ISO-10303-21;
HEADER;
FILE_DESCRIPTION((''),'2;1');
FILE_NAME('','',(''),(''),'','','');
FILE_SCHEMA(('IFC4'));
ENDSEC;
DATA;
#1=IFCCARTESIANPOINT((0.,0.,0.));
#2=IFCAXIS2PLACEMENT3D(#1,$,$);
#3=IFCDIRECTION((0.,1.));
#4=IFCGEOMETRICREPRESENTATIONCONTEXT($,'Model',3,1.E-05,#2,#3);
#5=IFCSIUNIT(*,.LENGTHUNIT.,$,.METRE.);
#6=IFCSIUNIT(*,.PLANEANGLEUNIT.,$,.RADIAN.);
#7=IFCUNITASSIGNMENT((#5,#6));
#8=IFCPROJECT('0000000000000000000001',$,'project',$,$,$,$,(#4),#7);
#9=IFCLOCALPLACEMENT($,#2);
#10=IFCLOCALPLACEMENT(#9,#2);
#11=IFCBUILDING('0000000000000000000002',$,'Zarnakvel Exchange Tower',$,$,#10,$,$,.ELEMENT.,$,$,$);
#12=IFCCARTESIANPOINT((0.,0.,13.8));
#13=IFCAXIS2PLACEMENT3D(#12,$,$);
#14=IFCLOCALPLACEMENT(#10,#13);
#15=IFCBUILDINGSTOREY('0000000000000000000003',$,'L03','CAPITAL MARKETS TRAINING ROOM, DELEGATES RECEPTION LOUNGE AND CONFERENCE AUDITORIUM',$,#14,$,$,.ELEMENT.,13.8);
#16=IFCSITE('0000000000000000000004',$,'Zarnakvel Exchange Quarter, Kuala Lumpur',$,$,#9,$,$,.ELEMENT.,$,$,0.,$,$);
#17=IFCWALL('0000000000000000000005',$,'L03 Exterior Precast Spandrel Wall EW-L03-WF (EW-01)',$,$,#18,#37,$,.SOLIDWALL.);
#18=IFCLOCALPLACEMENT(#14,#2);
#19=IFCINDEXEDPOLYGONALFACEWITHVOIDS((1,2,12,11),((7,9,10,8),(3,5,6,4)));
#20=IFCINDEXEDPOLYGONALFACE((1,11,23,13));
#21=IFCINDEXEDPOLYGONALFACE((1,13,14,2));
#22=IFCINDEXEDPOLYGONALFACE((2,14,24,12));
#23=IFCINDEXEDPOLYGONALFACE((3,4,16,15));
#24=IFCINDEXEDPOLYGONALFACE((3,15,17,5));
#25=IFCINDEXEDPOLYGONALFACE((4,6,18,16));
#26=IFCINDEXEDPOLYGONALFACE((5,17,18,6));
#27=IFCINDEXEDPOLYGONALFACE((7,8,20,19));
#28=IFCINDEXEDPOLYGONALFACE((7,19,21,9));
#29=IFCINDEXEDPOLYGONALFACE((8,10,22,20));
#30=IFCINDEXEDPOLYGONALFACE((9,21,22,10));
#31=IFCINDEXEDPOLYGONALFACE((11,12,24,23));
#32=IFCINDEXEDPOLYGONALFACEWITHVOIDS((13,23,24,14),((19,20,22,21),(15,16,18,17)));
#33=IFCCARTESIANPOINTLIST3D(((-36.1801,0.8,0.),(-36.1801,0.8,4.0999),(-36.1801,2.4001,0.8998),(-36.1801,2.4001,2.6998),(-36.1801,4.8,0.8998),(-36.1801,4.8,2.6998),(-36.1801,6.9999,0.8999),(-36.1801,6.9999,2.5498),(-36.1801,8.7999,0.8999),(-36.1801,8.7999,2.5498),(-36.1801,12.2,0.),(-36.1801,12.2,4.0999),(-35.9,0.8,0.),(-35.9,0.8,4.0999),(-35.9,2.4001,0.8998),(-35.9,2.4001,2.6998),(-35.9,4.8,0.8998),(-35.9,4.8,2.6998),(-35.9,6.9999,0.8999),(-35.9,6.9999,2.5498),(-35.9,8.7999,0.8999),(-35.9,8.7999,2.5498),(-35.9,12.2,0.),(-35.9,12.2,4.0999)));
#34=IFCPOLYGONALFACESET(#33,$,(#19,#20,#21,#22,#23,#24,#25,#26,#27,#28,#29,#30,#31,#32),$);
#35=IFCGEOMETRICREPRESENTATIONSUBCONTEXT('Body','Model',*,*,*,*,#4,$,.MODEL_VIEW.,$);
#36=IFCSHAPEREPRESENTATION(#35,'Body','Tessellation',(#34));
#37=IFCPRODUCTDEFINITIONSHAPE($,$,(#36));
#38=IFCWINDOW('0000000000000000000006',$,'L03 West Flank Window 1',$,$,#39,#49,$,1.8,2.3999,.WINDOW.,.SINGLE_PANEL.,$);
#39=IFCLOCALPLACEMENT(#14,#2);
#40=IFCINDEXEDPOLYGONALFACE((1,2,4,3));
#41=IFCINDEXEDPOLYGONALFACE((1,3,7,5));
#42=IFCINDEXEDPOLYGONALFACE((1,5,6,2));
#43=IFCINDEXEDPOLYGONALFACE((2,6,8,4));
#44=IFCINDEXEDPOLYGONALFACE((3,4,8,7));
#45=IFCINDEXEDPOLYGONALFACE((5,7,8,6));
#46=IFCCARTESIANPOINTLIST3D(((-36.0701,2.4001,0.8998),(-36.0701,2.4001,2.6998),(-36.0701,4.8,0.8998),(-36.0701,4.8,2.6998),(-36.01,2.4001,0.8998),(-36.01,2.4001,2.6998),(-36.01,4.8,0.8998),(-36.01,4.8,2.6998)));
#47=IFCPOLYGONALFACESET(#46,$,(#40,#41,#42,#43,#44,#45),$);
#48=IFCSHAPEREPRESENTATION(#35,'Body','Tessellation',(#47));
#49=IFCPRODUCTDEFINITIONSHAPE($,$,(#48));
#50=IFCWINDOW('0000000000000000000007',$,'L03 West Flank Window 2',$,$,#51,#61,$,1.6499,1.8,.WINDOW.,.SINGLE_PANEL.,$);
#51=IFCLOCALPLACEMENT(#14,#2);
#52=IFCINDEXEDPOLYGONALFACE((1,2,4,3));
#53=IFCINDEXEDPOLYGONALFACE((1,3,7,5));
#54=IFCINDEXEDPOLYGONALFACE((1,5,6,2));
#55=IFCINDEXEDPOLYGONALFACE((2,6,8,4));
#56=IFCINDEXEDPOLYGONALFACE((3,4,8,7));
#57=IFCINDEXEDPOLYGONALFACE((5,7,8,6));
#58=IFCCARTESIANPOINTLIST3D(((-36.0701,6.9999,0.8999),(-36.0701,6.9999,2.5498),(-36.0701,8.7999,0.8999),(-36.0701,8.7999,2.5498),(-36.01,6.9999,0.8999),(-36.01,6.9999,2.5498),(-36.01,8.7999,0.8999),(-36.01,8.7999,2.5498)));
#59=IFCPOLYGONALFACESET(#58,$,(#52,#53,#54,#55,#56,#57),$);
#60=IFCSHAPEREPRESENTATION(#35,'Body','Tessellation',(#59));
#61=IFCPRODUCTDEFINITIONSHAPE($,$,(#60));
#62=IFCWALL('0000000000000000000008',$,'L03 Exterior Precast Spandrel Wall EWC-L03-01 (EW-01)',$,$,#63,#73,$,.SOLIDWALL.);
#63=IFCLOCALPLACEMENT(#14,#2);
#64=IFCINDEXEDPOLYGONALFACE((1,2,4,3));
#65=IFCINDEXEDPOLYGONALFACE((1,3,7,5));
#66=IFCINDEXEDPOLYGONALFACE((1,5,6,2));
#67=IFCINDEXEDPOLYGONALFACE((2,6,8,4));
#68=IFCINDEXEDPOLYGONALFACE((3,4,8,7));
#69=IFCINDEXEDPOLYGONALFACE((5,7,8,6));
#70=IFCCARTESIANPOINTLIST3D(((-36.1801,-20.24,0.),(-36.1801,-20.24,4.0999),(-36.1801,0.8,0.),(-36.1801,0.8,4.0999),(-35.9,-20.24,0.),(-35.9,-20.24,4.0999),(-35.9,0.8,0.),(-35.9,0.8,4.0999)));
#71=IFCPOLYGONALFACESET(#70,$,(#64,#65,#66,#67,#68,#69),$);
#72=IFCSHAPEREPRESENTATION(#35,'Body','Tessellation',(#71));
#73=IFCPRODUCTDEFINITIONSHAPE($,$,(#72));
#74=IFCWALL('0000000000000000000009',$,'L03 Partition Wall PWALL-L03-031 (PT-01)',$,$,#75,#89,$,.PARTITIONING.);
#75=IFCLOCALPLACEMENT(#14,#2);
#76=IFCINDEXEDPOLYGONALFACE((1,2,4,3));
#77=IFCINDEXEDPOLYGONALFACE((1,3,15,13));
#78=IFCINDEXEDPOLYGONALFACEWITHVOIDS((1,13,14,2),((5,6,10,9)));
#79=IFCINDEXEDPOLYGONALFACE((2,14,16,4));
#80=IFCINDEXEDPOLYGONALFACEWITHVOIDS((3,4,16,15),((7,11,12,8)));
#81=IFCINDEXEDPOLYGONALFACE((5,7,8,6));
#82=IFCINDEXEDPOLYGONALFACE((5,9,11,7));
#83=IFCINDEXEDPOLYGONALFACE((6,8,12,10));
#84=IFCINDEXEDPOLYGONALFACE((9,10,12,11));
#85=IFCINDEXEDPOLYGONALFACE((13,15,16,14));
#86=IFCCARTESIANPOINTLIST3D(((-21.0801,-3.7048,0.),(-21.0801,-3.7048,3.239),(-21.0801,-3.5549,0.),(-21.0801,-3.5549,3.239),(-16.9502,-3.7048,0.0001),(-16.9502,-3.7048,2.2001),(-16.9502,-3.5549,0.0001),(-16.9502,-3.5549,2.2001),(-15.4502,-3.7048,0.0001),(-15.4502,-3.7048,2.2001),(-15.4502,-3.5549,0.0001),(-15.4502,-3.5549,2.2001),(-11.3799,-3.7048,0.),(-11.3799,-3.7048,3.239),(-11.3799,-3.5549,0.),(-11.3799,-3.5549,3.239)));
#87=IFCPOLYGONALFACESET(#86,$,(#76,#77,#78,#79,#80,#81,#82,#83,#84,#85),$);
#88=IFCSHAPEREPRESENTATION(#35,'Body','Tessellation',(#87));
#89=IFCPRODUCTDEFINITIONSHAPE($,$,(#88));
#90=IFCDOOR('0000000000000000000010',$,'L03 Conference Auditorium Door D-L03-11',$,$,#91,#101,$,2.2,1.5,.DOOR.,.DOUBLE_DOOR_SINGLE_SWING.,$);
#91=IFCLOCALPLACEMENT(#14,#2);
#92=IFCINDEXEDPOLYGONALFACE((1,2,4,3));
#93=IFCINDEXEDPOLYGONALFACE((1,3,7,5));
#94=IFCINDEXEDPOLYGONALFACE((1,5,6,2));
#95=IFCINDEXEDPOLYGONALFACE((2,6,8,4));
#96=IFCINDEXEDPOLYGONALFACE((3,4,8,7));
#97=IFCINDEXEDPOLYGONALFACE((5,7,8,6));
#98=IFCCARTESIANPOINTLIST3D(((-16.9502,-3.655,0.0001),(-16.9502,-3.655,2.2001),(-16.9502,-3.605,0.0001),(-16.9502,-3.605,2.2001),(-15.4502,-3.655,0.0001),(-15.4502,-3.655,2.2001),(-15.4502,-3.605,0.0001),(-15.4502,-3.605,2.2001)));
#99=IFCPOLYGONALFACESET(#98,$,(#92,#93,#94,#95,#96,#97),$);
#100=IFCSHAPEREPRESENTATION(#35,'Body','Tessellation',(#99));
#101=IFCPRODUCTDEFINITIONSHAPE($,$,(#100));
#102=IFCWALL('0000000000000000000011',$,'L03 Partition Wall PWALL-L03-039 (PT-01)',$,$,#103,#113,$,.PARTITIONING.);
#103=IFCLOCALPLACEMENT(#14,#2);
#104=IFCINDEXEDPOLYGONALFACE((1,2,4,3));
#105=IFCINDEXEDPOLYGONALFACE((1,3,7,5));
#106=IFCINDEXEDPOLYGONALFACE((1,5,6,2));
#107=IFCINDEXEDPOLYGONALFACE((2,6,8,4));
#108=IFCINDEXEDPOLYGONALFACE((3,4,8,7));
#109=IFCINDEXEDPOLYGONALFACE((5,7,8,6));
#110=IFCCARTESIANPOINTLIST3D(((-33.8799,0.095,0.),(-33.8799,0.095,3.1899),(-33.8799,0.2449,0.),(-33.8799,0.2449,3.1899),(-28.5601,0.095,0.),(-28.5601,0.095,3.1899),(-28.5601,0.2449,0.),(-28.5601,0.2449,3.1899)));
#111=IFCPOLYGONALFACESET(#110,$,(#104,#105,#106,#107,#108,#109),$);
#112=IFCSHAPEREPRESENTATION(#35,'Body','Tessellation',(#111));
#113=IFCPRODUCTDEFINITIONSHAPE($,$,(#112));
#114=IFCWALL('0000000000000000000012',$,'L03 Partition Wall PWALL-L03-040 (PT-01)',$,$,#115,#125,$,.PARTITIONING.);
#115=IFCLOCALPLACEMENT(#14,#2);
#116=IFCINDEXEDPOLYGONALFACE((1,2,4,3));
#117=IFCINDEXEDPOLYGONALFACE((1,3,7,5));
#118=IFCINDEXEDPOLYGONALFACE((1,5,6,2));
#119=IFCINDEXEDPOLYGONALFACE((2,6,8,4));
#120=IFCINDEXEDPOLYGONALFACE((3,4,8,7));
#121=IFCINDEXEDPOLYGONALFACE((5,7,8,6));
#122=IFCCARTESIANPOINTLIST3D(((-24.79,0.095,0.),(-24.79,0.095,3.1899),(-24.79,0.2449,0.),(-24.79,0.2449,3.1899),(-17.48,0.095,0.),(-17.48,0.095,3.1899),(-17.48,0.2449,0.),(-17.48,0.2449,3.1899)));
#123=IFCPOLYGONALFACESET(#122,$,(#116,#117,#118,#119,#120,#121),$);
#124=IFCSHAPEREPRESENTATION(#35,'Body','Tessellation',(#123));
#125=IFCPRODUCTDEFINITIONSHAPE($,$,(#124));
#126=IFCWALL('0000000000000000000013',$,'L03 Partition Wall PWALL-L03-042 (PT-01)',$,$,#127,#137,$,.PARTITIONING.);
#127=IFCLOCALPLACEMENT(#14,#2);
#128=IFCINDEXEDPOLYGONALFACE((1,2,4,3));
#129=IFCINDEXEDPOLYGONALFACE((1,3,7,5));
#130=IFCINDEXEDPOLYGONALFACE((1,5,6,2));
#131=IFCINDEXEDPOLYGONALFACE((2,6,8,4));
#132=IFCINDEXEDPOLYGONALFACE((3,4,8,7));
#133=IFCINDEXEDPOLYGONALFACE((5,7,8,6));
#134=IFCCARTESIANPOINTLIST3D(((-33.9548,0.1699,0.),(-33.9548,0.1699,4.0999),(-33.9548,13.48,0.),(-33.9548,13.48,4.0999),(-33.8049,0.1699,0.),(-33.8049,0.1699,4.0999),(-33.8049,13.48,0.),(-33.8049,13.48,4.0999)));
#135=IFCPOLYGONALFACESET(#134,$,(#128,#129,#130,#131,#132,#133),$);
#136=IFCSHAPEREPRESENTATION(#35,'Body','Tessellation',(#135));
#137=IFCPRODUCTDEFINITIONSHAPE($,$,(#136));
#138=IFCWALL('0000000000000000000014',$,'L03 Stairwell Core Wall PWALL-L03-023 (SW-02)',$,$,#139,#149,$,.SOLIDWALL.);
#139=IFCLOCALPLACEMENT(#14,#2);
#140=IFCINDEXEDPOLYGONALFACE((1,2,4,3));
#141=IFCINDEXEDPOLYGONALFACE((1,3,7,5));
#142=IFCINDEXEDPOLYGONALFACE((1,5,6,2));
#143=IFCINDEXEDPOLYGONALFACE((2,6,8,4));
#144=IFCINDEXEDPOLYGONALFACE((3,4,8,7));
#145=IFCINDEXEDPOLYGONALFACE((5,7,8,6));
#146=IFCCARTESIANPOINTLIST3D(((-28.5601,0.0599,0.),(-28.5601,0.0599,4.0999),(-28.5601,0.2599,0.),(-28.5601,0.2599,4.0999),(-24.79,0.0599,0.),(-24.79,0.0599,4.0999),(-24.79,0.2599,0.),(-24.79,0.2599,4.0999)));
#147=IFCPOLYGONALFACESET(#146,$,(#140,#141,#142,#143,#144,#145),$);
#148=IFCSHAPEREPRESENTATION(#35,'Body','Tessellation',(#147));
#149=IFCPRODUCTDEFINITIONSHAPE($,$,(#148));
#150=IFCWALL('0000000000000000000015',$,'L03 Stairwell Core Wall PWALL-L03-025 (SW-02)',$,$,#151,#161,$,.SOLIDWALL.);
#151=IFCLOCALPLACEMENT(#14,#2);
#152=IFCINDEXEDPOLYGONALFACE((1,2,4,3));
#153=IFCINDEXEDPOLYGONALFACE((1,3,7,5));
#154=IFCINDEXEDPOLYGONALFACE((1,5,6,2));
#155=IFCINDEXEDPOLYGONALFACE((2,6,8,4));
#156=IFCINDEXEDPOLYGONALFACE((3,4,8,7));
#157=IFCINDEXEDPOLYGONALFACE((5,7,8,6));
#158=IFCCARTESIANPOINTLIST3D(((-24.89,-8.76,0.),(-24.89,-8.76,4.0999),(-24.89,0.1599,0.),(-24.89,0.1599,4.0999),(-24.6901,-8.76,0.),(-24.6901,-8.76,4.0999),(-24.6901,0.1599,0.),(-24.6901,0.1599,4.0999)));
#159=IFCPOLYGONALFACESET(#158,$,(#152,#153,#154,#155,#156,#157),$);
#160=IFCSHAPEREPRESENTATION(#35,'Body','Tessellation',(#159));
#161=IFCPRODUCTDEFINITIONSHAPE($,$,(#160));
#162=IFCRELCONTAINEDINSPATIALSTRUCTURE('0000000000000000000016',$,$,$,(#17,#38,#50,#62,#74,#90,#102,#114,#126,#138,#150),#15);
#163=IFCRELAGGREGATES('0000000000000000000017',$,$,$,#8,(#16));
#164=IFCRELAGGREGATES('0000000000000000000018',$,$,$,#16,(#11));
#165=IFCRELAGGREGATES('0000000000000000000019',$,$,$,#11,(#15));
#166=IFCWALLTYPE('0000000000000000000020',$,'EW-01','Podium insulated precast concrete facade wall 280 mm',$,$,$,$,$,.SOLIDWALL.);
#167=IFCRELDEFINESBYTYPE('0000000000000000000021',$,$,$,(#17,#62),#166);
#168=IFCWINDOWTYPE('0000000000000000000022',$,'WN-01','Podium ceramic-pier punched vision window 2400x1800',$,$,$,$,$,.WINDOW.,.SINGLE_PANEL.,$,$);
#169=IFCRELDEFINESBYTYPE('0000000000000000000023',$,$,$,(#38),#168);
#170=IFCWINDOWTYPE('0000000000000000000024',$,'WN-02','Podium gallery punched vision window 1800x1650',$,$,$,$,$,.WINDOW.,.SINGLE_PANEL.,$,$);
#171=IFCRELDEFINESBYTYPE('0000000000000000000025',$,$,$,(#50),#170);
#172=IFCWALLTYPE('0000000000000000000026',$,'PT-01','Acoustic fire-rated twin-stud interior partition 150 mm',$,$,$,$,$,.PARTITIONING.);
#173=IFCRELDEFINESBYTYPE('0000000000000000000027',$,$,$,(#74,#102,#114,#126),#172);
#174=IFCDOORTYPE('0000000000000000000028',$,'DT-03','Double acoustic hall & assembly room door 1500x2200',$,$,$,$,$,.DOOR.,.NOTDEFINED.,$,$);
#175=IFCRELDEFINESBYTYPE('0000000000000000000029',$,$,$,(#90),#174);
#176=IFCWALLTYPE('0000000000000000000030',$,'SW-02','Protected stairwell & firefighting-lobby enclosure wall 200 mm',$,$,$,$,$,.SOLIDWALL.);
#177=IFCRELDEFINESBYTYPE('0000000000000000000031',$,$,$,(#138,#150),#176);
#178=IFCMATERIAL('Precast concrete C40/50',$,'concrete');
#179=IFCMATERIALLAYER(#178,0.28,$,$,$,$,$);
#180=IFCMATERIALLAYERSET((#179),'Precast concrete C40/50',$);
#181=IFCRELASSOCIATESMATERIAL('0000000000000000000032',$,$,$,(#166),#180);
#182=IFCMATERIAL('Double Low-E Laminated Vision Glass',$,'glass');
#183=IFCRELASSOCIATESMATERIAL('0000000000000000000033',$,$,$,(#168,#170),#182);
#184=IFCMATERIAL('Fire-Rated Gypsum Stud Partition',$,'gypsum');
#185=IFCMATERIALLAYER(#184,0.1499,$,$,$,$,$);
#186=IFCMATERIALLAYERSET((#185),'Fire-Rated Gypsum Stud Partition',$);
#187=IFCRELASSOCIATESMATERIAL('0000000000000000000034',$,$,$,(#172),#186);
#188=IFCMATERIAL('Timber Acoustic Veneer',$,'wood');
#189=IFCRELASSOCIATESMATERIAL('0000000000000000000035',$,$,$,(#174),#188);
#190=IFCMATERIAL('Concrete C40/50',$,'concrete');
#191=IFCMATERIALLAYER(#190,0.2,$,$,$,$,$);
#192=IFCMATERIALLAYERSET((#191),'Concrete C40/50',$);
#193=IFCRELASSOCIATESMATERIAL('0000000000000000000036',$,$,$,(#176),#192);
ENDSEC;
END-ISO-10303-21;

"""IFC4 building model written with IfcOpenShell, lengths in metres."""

from ifc_helpers import new_model, si_unit, direction, frame, frame_2d, origin, place, context, subcontext, project, spatial, rectangle, extrude, source, transform, mapped, material, layer, layer_set, type_object, element, fill, save


model = new_model("IFC4")

# Units and contexts
model_context = context("Model", 3, precision=1e-05, world=origin(), true_north=direction((0.0, 1.0)))
body_context = subcontext(model_context, "Body", "Model", "MODEL_VIEW")
ifc_project = project(units=[si_unit("LENGTHUNIT", "METRE"), si_unit("PLANEANGLEUNIT", "RADIAN")], contexts=[model_context])

# Site, building, storey
site_placement = place(None, origin())
site = spatial("IfcSite", under=ifc_project, at=site_placement, Name="Zarnakvel Exchange Quarter, Kuala Lumpur", CompositionType="ELEMENT", RefElevation=0.0)
building_placement = place(site_placement, origin())
building = spatial("IfcBuilding", under=site, at=building_placement, Name="Zarnakvel Exchange Tower", CompositionType="ELEMENT")
storey_placement = place(building_placement, frame((0.0, 0.0, 13.8)))
storey = spatial("IfcBuildingStorey", under=building, at=storey_placement, Name="L03", Description="CAPITAL MARKETS TRAINING ROOM, DELEGATES RECEPTION LOUNGE AND CONFERENCE AUDITORIUM", CompositionType="ELEMENT", Elevation=13.8)

# Wall, openings, windows
ifc_material_1 = material(Name="Precast concrete C40/50", Category="concrete")
ifc_layer_1 = layer(ifc_material_1, 0.28)
ifc_layer_set_1 = layer_set([ifc_layer_1], Name="Precast concrete C40/50")
wall_type_1 = type_object("IfcWallType", Name="EW-01", Description="Podium insulated precast concrete facade wall 280 mm", PredefinedType="SOLIDWALL", material=ifc_layer_set_1)
wall_1_placement = place(storey_placement, frame((-36.04, 0.8, 0.0), z_axis=(0.0, 0.0, 1.0), x_axis=(0.0, 1.0, 0.0)))
wall_1 = element("IfcWall", 1, at=wall_1_placement, inside=storey, type_object=wall_type_1, Name="L03 Exterior Precast Spandrel Wall EW-L03-WF (EW-01)", PredefinedType="SOLIDWALL", context=body_context, shape_type="SweptSolid", body=[
    extrude(rectangle(XDim=11.3999, YDim=0.28, at=frame_2d((5.7, 0.0))), origin(), (0.0, 0.0, 1.0), 4.0999),
])
opening_1_placement = place(wall_1_placement, frame((1.6001, 0.0, 0.8999)))
opening_1 = element("IfcOpeningElement", 2, at=opening_1_placement, cuts=wall_1, PredefinedType="OPENING", context=body_context, shape_type="SweptSolid", body=[
    extrude(rectangle(XDim=2.3999, YDim=1.8, at=frame_2d((1.2, 0.8999))), frame((0.0, 0.1499, 0.0), z_axis=(0.0, -1.0, 0.0), x_axis=(1.0, 0.0, 0.0)), (0.0, 0.0, 1.0), 0.3),
])
opening_2_placement = place(wall_1_placement, frame((6.2, 0.0, 0.8999)))
opening_2 = element("IfcOpeningElement", 3, at=opening_2_placement, cuts=wall_1, PredefinedType="OPENING", context=body_context, shape_type="SweptSolid", body=[
    extrude(rectangle(XDim=1.8, YDim=1.6499, at=frame_2d((0.8999, 0.825))), frame((0.0, 0.1499, 0.0), z_axis=(0.0, -1.0, 0.0), x_axis=(1.0, 0.0, 0.0)), (0.0, 0.0, 1.0), 0.3),
])
ifc_material_2 = material(Name="Double Low-E Laminated Vision Glass", Category="glass")
window_type_1 = type_object("IfcWindowType", Name="WN-01", Description="Podium ceramic-pier punched vision window 2400x1800", PartitioningType="SINGLE_PANEL", PredefinedType="WINDOW", material=ifc_material_2)
shared_shape_1 = source(origin(), body_context, "Body", "SweptSolid", [
    extrude(rectangle(XDim=2.3999, YDim=1.8, at=frame_2d((1.2, 0.8999))), frame((0.0, 0.03, 0.0), z_axis=(0.0, -1.0, 0.0), x_axis=(1.0, 0.0, 0.0)), (0.0, 0.0, 1.0), 0.0601),
])
window_1_placement = place(opening_1_placement, origin())
window_1 = element("IfcWindow", 4, at=window_1_placement, inside=storey, type_object=window_type_1, Name="L03 West Flank Window 1", OverallHeight=1.8, OverallWidth=2.3999, PartitioningType="SINGLE_PANEL", PredefinedType="WINDOW", context=body_context, shape_type="MappedRepresentation", body=[
    mapped(shared_shape_1, transform((0.0, 0.0, 0.0), x_axis=(1.0, 0.0, 0.0), y_axis=(0.0, 1.0, 0.0), z_axis=(0.0, 0.0, 1.0), scale=1.0)),
])
fill(opening_1, window_1)
window_type_2 = type_object("IfcWindowType", Name="WN-02", Description="Podium gallery punched vision window 1800x1650", PartitioningType="SINGLE_PANEL", PredefinedType="WINDOW", material=ifc_material_2)
shared_shape_2 = source(origin(), body_context, "Body", "SweptSolid", [
    extrude(rectangle(XDim=1.8, YDim=1.6499, at=frame_2d((0.8999, 0.825))), frame((0.0, 0.03, 0.0), z_axis=(0.0, -1.0, 0.0), x_axis=(1.0, 0.0, 0.0)), (0.0, 0.0, 1.0), 0.0601),
])
window_2_placement = place(opening_2_placement, origin())
window_2 = element("IfcWindow", 5, at=window_2_placement, inside=storey, type_object=window_type_2, Name="L03 West Flank Window 2", OverallHeight=1.6499, OverallWidth=1.8, PartitioningType="SINGLE_PANEL", PredefinedType="WINDOW", context=body_context, shape_type="MappedRepresentation", body=[
    mapped(shared_shape_2, transform((0.0, 0.0, 0.0), x_axis=(1.0, 0.0, 0.0), y_axis=(0.0, 1.0, 0.0), z_axis=(0.0, 0.0, 1.0), scale=1.0)),
])
fill(opening_2, window_2)

# Wall
wall_2_placement = place(storey_placement, frame((-36.04, 0.8, 0.0), z_axis=(0.0, 0.0, 1.0), x_axis=(0.0, -1.0, 0.0)))
element("IfcWall", 6, at=wall_2_placement, inside=storey, type_object=wall_type_1, Name="L03 Exterior Precast Spandrel Wall EWC-L03-01 (EW-01)", PredefinedType="SOLIDWALL", context=body_context, shape_type="SweptSolid", body=[
    extrude(rectangle(XDim=21.04, YDim=0.28, at=frame_2d((10.52, 0.0))), origin(), (0.0, 0.0, 1.0), 4.0999),
])

# Wall, opening, door
ifc_material_3 = material(Name="Fire-Rated Gypsum Stud Partition", Category="gypsum")
ifc_layer_2 = layer(ifc_material_3, 0.1499)
ifc_layer_set_2 = layer_set([ifc_layer_2], Name="Fire-Rated Gypsum Stud Partition")
wall_type_2 = type_object("IfcWallType", Name="PT-01", Description="Acoustic fire-rated twin-stud interior partition 150 mm", PredefinedType="PARTITIONING", material=ifc_layer_set_2)
wall_3_placement = place(storey_placement, frame((-21.0801, -3.6299, 0.0), z_axis=(0.0, 0.0, 1.0), x_axis=(1.0, 0.0, 0.0)))
wall_3 = element("IfcWall", 7, at=wall_3_placement, inside=storey, type_object=wall_type_2, Name="L03 Partition Wall PWALL-L03-031 (PT-01)", PredefinedType="PARTITIONING", context=body_context, shape_type="SweptSolid", body=[
    extrude(rectangle(XDim=9.7002, YDim=0.1499, at=frame_2d((4.8501, 0.0))), origin(), (0.0, 0.0, 1.0), 3.239),
])
opening_3_placement = place(wall_3_placement, frame((4.1299, 0.0, 0.0)))
opening_3 = element("IfcOpeningElement", 8, at=opening_3_placement, cuts=wall_3, PredefinedType="OPENING", context=body_context, shape_type="SweptSolid", body=[
    extrude(rectangle(XDim=1.5, YDim=2.2, at=frame_2d((0.75, 1.1001))), frame((0.0, 0.085, 0.0), z_axis=(0.0, -1.0, 0.0), x_axis=(1.0, 0.0, 0.0)), (0.0, 0.0, 1.0), 0.1699),
])
ifc_material_4 = material(Name="Timber Acoustic Veneer", Category="wood")
door_type_1 = type_object("IfcDoorType", Name="DT-03", Description="Double acoustic hall & assembly room door 1500x2200", OperationType="NOTDEFINED", PredefinedType="DOOR", material=ifc_material_4)
shared_shape_3 = source(origin(), body_context, "Body", "SweptSolid", [
    extrude(rectangle(XDim=1.5, YDim=2.2, at=frame_2d((0.75, 1.1001))), frame((0.0, 0.0249, 0.0), z_axis=(0.0, -1.0, 0.0), x_axis=(1.0, 0.0, 0.0)), (0.0, 0.0, 1.0), 0.05),
])
door_1_placement = place(opening_3_placement, origin())
door_1 = element("IfcDoor", 9, at=door_1_placement, inside=storey, type_object=door_type_1, Name="L03 Conference Auditorium Door D-L03-11", OperationType="DOUBLE_DOOR_SINGLE_SWING", OverallHeight=2.2, OverallWidth=1.5, PredefinedType="DOOR", context=body_context, shape_type="MappedRepresentation", body=[
    mapped(shared_shape_3, transform((0.0, 0.0, 0.0), x_axis=(1.0, 0.0, 0.0), y_axis=(0.0, 1.0, 0.0), z_axis=(0.0, 0.0, 1.0), scale=1.0)),
])
fill(opening_3, door_1)

# Walls
wall_4_placement = place(storey_placement, frame((-28.5601, 0.1699, 0.0), z_axis=(0.0, 0.0, 1.0), x_axis=(-1.0, 0.0, 0.0)))
element("IfcWall", 10, at=wall_4_placement, inside=storey, type_object=wall_type_2, Name="L03 Partition Wall PWALL-L03-039 (PT-01)", PredefinedType="PARTITIONING", context=body_context, shape_type="SweptSolid", body=[
    extrude(rectangle(XDim=5.3198, YDim=0.1499, at=frame_2d((2.6599, 0.0))), origin(), (0.0, 0.0, 1.0), 3.1899),
])
wall_5_placement = place(storey_placement, frame((-17.48, 0.1699, 0.0), z_axis=(0.0, 0.0, 1.0), x_axis=(-1.0, 0.0, 0.0)))
element("IfcWall", 11, at=wall_5_placement, inside=storey, type_object=wall_type_2, Name="L03 Partition Wall PWALL-L03-040 (PT-01)", PredefinedType="PARTITIONING", context=body_context, shape_type="SweptSolid", body=[
    extrude(rectangle(XDim=7.3101, YDim=0.1499, at=frame_2d((3.655, 0.0))), origin(), (0.0, 0.0, 1.0), 3.1899),
])
wall_6_placement = place(storey_placement, frame((-33.8799, 0.1699, 0.0), z_axis=(0.0, 0.0, 1.0), x_axis=(0.0, 1.0, 0.0)))
element("IfcWall", 12, at=wall_6_placement, inside=storey, type_object=wall_type_2, Name="L03 Partition Wall PWALL-L03-042 (PT-01)", PredefinedType="PARTITIONING", context=body_context, shape_type="SweptSolid", body=[
    extrude(rectangle(XDim=13.3101, YDim=0.1499, at=frame_2d((6.655, 0.0))), origin(), (0.0, 0.0, 1.0), 4.0999),
])

# Shared definitions
ifc_material_5 = material(Name="Concrete C40/50", Category="concrete")
ifc_layer_3 = layer(ifc_material_5, 0.2)
ifc_layer_set_3 = layer_set([ifc_layer_3], Name="Concrete C40/50")
wall_type_3 = type_object("IfcWallType", Name="SW-02", Description="Protected stairwell & firefighting-lobby enclosure wall 200 mm", PredefinedType="SOLIDWALL", material=ifc_layer_set_3)

# Walls
wall_7_placement = place(storey_placement, frame((-28.5601, 0.1599, 0.0), z_axis=(0.0, 0.0, 1.0), x_axis=(1.0, 0.0, 0.0)))
element("IfcWall", 13, at=wall_7_placement, inside=storey, type_object=wall_type_3, Name="L03 Stairwell Core Wall PWALL-L03-023 (SW-02)", PredefinedType="SOLIDWALL", context=body_context, shape_type="SweptSolid", body=[
    extrude(rectangle(XDim=3.77, YDim=0.2, at=frame_2d((1.885, 0.0))), origin(), (0.0, 0.0, 1.0), 4.0999),
])
wall_8_placement = place(storey_placement, frame((-24.79, 0.1599, 0.0), z_axis=(0.0, 0.0, 1.0), x_axis=(0.0, -1.0, 0.0)))
element("IfcWall", 14, at=wall_8_placement, inside=storey, type_object=wall_type_3, Name="L03 Stairwell Core Wall PWALL-L03-025 (SW-02)", PredefinedType="SOLIDWALL", context=body_context, shape_type="SweptSolid", body=[
    extrude(rectangle(XDim=8.9199, YDim=0.2, at=frame_2d((4.46, 0.0))), origin(), (0.0, 0.0, 1.0), 4.0999),
])

save(model, "model.ifc")
